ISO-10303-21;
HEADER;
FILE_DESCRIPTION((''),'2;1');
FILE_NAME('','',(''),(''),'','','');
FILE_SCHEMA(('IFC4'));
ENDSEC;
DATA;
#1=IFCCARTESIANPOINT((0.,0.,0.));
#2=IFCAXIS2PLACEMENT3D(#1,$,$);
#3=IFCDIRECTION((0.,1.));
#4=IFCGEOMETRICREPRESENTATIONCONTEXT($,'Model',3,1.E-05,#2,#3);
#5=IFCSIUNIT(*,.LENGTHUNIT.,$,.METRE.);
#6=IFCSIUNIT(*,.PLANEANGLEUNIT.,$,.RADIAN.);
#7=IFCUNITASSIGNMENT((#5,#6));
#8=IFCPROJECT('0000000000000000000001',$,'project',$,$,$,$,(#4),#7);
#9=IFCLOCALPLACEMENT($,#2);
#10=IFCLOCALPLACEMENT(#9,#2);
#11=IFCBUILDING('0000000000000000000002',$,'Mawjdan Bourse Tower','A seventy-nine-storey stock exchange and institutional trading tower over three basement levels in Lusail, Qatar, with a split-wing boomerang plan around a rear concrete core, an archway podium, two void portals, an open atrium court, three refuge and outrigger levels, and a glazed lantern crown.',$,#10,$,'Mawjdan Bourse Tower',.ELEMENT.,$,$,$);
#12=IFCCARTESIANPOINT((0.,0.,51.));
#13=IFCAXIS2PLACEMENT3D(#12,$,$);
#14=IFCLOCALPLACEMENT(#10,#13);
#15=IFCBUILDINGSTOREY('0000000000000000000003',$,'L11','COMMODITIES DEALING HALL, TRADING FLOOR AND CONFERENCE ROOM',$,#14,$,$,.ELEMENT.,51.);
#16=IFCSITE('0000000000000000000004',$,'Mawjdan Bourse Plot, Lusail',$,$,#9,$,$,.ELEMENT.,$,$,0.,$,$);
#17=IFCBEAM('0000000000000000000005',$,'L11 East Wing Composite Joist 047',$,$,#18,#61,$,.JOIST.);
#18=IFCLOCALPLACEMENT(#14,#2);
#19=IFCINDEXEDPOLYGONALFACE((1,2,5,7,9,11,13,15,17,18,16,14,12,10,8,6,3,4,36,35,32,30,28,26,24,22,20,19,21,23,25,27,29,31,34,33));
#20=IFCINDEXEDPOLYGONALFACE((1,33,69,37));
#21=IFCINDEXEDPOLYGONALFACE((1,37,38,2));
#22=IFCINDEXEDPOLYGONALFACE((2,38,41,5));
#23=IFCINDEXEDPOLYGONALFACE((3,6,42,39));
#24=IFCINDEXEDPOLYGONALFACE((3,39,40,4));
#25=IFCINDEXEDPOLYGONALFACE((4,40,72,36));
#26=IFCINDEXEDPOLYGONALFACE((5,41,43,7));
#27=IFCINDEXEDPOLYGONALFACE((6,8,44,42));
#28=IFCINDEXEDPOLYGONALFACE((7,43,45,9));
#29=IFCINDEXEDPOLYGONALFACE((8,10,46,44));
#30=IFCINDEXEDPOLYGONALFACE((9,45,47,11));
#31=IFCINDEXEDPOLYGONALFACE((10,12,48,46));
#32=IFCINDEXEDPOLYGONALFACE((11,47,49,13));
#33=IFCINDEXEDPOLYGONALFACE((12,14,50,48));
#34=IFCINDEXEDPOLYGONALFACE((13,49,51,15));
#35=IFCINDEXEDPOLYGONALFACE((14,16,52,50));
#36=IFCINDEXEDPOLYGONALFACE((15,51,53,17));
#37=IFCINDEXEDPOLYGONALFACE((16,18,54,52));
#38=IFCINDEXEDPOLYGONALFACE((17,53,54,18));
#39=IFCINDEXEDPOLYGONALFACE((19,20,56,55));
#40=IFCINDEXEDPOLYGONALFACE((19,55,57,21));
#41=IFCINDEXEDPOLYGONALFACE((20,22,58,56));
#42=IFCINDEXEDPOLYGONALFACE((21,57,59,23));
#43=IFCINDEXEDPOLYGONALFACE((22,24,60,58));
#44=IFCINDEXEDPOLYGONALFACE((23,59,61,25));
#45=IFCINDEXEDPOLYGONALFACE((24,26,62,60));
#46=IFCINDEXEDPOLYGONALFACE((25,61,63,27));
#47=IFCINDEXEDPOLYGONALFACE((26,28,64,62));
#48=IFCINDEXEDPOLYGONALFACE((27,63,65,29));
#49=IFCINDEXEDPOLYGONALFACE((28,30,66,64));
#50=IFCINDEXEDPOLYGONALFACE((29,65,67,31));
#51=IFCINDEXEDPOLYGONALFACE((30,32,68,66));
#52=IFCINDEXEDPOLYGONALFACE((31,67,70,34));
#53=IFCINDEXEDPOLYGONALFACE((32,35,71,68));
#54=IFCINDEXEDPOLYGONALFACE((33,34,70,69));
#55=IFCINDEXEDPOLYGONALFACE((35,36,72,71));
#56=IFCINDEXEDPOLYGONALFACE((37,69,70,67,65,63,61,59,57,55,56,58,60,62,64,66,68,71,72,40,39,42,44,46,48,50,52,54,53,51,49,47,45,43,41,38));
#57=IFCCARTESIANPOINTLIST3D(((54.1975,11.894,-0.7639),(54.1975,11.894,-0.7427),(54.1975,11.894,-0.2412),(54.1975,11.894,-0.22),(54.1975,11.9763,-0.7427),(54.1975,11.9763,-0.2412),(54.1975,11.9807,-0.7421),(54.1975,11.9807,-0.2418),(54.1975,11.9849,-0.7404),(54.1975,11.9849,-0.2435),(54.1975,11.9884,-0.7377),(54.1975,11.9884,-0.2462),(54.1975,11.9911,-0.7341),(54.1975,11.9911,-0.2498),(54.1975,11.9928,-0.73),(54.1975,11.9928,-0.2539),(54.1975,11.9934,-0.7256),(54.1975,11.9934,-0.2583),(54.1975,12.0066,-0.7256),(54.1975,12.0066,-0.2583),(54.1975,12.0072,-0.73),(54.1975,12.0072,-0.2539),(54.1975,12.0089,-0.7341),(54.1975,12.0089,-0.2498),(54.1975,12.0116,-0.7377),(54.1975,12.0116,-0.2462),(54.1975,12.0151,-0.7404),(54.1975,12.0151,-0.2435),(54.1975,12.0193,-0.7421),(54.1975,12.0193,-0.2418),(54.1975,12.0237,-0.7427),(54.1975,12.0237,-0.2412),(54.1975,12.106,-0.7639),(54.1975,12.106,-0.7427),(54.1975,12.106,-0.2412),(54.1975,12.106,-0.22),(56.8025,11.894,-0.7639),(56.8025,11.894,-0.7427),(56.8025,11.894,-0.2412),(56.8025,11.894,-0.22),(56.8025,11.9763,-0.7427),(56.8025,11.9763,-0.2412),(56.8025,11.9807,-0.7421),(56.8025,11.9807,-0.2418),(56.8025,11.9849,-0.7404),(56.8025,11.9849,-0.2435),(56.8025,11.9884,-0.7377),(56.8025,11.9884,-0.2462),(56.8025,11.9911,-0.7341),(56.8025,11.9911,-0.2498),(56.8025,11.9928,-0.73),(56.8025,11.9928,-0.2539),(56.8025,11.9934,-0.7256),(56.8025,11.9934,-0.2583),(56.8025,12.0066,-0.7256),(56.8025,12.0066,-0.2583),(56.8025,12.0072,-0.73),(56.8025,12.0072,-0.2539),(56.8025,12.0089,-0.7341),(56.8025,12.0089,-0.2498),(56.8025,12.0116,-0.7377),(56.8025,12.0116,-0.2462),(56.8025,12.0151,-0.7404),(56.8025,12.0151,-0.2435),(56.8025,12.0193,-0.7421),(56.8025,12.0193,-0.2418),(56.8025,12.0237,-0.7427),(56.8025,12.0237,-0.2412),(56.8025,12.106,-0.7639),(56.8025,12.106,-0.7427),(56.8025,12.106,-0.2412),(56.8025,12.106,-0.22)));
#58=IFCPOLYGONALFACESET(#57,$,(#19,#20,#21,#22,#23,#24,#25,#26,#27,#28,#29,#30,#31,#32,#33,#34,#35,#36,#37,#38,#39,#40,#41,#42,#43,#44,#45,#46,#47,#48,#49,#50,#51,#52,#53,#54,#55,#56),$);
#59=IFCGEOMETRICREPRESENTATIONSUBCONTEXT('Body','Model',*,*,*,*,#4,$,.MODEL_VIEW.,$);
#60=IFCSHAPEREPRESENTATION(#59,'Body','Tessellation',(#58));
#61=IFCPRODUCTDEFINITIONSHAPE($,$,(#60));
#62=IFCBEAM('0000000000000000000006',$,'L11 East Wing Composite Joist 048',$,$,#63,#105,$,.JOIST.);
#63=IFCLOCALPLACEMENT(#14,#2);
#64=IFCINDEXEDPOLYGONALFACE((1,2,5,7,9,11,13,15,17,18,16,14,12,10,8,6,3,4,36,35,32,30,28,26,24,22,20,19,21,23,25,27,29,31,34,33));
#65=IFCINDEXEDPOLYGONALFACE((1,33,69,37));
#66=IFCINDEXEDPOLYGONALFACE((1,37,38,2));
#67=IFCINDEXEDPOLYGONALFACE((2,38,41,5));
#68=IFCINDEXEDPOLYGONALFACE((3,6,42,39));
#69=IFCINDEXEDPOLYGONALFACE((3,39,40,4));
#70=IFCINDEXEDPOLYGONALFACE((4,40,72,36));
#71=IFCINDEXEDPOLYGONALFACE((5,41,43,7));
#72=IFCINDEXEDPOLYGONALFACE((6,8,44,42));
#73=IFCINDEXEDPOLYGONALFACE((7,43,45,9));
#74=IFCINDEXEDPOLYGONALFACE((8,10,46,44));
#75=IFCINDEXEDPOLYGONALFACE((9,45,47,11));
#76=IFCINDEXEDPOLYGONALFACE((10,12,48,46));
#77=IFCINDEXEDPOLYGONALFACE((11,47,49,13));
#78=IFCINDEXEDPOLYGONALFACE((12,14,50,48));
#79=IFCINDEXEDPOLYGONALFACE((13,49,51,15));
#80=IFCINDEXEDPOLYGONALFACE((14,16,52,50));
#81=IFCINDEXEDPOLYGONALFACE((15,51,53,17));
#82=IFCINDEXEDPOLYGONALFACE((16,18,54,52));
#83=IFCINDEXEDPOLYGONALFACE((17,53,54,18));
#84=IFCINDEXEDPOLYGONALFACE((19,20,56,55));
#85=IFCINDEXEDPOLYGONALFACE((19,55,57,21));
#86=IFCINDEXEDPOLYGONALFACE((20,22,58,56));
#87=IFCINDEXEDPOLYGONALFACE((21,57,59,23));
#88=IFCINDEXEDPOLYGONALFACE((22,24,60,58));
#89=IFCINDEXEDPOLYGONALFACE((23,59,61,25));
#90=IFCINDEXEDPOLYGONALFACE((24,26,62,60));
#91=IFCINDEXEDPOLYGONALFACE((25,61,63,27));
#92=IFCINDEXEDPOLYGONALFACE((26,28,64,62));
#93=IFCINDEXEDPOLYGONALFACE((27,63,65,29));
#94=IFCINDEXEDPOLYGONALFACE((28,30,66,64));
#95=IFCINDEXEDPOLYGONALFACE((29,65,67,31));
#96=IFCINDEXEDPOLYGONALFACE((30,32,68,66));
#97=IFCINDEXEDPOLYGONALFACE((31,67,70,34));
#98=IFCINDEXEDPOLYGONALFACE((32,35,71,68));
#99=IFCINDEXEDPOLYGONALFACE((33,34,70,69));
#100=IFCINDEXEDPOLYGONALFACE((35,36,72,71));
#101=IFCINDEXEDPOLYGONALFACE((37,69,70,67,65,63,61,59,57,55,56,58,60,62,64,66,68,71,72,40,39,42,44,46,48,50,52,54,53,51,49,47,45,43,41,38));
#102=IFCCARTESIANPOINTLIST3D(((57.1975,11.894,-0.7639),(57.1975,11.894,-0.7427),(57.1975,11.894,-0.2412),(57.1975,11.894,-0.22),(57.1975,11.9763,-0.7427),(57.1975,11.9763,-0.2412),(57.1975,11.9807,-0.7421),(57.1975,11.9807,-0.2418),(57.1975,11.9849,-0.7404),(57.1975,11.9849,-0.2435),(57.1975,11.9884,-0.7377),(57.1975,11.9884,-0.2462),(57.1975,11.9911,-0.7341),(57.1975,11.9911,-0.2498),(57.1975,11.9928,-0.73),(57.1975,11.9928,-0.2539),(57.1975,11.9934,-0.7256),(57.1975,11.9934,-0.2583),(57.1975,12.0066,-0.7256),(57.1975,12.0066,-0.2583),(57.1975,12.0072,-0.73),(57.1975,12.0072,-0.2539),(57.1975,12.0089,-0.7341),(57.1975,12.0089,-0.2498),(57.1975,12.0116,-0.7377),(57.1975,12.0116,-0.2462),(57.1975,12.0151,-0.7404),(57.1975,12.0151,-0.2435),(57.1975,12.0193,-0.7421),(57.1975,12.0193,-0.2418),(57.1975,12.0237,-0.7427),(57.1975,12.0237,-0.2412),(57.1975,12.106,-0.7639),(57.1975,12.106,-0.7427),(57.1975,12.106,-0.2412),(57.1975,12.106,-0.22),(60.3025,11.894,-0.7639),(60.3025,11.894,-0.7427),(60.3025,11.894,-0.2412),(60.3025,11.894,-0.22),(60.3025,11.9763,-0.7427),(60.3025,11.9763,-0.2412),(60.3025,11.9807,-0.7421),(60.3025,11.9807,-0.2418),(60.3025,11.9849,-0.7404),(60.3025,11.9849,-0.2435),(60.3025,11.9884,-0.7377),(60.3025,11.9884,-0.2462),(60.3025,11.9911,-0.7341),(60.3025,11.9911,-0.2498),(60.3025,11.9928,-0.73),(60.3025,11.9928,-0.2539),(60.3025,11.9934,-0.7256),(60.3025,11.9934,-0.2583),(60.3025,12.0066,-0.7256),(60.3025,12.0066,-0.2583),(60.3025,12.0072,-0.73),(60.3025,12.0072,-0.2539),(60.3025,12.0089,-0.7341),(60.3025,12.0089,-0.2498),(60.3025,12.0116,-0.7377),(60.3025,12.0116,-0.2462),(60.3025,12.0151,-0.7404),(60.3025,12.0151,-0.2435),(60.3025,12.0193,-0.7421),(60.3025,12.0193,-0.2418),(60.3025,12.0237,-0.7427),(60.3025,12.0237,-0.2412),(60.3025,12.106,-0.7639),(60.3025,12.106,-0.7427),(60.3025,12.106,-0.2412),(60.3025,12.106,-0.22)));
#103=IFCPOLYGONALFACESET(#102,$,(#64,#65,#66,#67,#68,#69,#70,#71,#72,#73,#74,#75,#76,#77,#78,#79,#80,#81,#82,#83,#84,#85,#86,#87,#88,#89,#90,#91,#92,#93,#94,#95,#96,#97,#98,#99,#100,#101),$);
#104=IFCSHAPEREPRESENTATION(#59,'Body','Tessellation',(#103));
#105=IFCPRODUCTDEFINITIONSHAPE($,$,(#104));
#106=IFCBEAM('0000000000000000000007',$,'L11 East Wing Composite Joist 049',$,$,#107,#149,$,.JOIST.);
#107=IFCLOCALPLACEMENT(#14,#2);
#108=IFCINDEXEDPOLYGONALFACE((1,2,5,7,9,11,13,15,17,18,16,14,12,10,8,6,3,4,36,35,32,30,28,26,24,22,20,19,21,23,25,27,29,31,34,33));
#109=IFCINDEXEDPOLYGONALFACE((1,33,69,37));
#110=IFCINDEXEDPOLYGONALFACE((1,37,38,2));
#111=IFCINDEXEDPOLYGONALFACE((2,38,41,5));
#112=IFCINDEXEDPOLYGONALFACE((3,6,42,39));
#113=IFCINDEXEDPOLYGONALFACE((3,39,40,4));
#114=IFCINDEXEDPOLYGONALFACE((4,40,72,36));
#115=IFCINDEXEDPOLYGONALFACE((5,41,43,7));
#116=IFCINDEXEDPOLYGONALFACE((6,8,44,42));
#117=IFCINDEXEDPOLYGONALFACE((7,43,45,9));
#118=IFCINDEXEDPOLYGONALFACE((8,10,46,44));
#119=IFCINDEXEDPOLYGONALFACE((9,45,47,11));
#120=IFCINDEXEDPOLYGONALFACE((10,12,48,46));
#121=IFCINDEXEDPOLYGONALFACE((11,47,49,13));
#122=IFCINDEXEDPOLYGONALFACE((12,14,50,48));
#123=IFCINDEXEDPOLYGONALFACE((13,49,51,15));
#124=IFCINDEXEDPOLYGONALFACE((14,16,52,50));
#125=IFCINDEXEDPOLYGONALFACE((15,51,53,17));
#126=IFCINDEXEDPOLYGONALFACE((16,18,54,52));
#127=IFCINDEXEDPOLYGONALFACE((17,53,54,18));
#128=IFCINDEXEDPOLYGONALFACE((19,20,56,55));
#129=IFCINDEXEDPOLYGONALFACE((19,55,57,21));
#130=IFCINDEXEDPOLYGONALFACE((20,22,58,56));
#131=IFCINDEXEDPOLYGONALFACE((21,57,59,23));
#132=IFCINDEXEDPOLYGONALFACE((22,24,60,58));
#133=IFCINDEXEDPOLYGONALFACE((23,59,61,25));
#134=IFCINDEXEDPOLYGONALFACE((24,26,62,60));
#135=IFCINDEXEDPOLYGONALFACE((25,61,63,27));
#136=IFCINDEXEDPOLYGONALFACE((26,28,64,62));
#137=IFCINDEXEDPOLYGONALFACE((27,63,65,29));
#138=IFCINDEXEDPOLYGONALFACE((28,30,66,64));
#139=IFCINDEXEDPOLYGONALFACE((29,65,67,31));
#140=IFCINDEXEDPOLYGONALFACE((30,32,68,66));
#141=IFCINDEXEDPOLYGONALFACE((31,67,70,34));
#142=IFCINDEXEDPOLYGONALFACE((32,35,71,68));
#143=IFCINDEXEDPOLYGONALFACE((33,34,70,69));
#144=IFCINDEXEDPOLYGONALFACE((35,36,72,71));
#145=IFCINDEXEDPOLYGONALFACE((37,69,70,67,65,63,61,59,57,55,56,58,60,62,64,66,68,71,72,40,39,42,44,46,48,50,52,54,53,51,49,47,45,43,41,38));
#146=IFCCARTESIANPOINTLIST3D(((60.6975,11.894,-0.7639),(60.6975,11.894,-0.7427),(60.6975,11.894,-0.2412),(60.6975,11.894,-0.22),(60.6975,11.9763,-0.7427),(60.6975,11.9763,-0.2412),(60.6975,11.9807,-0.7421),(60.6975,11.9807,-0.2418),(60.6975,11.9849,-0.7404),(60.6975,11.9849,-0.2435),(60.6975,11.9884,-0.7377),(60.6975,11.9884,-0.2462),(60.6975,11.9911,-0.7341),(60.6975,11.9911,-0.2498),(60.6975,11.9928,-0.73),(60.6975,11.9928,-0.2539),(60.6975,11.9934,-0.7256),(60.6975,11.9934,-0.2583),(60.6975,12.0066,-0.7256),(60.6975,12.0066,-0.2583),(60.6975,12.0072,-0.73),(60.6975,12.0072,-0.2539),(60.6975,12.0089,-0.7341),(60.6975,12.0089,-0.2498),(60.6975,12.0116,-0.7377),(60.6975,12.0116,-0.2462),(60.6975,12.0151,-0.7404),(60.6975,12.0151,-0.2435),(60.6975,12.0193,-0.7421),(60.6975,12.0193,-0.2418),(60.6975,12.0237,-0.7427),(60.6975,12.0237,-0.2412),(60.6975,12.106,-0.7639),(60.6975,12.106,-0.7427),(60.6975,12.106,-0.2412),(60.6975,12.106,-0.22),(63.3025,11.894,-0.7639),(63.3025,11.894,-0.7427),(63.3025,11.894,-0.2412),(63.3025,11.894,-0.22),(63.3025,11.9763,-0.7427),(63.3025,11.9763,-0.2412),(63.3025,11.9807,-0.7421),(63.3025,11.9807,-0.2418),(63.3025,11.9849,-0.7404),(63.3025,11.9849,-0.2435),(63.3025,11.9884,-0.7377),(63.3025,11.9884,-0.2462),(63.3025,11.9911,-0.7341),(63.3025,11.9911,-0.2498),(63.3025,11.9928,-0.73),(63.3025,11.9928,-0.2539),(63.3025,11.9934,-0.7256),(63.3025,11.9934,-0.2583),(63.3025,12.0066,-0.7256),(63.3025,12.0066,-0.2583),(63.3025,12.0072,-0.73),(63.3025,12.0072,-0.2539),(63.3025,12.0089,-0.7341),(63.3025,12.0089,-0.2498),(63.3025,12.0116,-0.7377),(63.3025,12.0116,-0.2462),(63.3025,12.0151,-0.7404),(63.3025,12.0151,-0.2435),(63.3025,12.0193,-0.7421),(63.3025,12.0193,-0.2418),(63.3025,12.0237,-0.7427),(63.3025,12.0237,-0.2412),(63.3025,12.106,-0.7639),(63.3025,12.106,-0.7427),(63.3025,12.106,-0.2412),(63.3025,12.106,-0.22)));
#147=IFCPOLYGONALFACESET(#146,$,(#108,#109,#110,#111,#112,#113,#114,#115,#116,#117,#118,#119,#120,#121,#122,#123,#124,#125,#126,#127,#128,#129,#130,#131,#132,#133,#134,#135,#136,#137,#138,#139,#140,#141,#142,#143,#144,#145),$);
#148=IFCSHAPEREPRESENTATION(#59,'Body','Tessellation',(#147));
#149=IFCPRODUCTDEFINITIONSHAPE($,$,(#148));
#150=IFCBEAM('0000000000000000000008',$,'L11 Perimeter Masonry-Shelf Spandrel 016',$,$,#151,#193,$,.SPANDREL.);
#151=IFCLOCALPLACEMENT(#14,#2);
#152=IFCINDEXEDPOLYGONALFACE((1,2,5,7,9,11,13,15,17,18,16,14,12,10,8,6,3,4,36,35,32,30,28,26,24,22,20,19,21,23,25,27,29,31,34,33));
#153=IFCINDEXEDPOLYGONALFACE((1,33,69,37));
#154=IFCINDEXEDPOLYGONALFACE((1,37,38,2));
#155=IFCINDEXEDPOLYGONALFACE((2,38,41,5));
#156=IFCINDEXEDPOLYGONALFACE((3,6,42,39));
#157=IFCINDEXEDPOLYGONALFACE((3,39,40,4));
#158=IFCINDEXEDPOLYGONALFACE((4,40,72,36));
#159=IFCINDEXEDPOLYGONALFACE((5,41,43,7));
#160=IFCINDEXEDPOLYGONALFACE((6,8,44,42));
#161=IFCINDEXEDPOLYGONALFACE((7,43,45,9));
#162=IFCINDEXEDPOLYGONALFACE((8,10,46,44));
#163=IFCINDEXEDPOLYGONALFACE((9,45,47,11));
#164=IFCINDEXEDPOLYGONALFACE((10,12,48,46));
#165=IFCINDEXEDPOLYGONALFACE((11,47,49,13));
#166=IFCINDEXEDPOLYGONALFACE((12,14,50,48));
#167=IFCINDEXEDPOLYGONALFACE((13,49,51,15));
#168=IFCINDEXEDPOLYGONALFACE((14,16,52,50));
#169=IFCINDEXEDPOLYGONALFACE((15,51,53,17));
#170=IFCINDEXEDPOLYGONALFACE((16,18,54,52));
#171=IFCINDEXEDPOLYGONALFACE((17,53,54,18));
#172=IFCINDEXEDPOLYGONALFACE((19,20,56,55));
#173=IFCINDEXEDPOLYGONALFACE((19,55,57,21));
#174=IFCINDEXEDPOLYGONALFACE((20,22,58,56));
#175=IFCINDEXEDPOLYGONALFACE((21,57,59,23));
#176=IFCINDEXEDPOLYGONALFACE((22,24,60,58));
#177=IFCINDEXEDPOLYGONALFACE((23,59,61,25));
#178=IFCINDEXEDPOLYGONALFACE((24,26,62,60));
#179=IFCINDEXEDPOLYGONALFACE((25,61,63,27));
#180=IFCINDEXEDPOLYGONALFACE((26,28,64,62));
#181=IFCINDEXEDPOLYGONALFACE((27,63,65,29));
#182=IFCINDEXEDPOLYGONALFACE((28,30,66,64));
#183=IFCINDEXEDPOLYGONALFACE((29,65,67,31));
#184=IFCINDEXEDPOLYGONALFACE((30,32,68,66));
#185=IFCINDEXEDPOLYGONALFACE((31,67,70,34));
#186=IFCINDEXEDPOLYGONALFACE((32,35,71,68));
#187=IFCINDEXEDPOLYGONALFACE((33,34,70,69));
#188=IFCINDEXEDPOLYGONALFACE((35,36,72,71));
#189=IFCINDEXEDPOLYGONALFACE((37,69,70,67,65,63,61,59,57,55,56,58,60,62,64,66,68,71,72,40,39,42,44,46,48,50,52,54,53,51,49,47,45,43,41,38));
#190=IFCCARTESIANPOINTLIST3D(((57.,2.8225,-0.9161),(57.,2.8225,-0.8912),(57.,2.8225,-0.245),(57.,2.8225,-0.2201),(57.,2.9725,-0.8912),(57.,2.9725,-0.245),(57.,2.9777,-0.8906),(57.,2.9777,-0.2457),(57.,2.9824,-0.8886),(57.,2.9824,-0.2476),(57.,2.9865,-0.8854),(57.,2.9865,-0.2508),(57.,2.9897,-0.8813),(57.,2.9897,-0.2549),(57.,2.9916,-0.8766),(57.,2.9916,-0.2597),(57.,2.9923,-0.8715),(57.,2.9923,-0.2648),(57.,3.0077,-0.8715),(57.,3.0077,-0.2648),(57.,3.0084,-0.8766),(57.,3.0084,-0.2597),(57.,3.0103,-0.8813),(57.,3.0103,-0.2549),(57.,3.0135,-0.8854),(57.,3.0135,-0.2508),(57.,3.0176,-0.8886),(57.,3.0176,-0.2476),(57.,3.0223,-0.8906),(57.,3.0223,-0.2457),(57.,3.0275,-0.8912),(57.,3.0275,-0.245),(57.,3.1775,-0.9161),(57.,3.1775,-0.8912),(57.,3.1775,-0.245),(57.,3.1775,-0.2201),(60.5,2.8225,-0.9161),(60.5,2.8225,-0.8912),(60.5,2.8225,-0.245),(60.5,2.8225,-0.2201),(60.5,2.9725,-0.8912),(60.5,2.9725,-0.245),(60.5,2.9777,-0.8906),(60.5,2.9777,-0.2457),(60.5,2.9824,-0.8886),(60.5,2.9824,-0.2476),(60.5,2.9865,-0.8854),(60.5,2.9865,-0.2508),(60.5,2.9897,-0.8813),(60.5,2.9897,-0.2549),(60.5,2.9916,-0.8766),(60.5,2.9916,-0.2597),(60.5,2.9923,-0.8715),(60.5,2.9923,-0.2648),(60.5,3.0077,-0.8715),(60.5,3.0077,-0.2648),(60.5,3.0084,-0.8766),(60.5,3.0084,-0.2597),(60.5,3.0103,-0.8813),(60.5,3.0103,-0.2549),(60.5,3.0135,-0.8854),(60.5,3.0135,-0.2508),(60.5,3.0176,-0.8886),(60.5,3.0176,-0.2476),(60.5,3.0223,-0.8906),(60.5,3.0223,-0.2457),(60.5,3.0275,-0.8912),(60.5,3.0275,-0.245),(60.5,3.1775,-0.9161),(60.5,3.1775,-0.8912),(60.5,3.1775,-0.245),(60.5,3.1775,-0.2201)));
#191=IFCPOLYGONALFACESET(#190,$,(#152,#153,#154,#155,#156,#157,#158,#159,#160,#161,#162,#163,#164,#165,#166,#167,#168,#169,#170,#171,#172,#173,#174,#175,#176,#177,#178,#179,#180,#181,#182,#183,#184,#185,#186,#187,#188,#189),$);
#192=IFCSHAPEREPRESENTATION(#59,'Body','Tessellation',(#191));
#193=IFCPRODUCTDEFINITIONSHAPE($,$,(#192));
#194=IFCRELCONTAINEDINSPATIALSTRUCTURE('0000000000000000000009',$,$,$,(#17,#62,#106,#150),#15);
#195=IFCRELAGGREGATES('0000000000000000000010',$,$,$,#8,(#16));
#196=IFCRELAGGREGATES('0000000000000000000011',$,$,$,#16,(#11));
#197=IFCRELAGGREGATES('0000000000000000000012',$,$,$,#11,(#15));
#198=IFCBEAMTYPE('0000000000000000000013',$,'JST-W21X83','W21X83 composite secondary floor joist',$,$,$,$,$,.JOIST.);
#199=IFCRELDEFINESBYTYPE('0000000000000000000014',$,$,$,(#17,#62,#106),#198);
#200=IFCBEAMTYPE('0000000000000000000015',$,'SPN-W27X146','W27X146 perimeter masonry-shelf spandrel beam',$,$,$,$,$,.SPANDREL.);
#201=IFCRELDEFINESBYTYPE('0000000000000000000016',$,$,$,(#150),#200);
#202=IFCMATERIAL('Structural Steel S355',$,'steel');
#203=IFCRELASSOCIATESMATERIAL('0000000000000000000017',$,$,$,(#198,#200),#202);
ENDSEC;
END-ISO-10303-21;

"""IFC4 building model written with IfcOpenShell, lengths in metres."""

from ifc_helpers import new_model, si_unit, direction, frame, origin, origin_2d, place, context, subcontext, project, spatial, i_section, extrude, material, material_profile, profile_set, type_object, element, save


model = new_model("IFC4")

# Units and contexts
model_context = context("Model", 3, precision=1e-05, world=origin(), true_north=direction((0.0, 1.0)))
body_context = subcontext(model_context, "Body", "Model", "MODEL_VIEW")
ifc_project = project(units=[si_unit("LENGTHUNIT", "METRE"), si_unit("PLANEANGLEUNIT", "RADIAN")], contexts=[model_context])

# Site, building, storey
site_placement = place(None, origin())
site = spatial("IfcSite", under=ifc_project, at=site_placement, Name="Mawjdan Bourse Plot, Lusail", CompositionType="ELEMENT", RefElevation=0.0)
building_placement = place(site_placement, origin())
building = spatial("IfcBuilding", under=site, at=building_placement, Name="Mawjdan Bourse Tower", Description="A seventy-nine-storey stock exchange and institutional trading tower over three basement levels in Lusail, Qatar, with a split-wing boomerang plan around a rear concrete core, an archway podium, two void portals, an open atrium court, three refuge and outrigger levels, and a glazed lantern crown.", LongName="Mawjdan Bourse Tower", CompositionType="ELEMENT")
storey_placement = place(building_placement, frame((0.0, 0.0, 51.0)))
storey = spatial("IfcBuildingStorey", under=building, at=storey_placement, Name="L11", Description="COMMODITIES DEALING HALL, TRADING FLOOR AND CONFERENCE ROOM", CompositionType="ELEMENT", Elevation=51.0)

# Beams
ifc_material_1 = material(Name="Structural Steel S355", Category="steel")
ifc_material_profile_1 = material_profile(ifc_material_1, i_section(OverallWidth=0.2119, OverallDepth=0.5439, WebThickness=0.0132, FlangeThickness=0.0212, FilletRadius=0.0171, at=origin_2d()), Name="W21X83")
ifc_profile_set_1 = profile_set([ifc_material_profile_1], Name="Structural Steel S355")
beam_type_1 = type_object("IfcBeamType", Name="JST-W21X83", Description="W21X83 composite secondary floor joist", PredefinedType="JOIST", material=ifc_profile_set_1)
for number, where, z_axis, x_axis, name in (
    (1, (54.1975, 12.0, -0.4919), (1.0, 0.0, 0.0), (0.0, 1.0, 0.0), "L11 East Wing Composite Joist 047"),
):
    element("IfcBeam", number, at=place(storey_placement, frame(where, z_axis=z_axis, x_axis=x_axis)), inside=storey, type_object=beam_type_1, Name=name, PredefinedType="JOIST", context=body_context, shape_type="SweptSolid", body=[
        extrude(i_section(OverallWidth=0.2119, OverallDepth=0.5439, WebThickness=0.0132, FlangeThickness=0.0212, FilletRadius=0.0171, at=origin_2d()), origin(), (0.0, 0.0, 1.0), 2.605),
    ])
beam_1_placement = place(storey_placement, frame((57.1975, 12.0, -0.4919), z_axis=(1.0, 0.0, 0.0), x_axis=(0.0, 1.0, 0.0)))
element("IfcBeam", 2, at=beam_1_placement, inside=storey, type_object=beam_type_1, Name="L11 East Wing Composite Joist 048", PredefinedType="JOIST", context=body_context, shape_type="SweptSolid", body=[
    extrude(i_section(OverallWidth=0.2119, OverallDepth=0.5439, WebThickness=0.0132, FlangeThickness=0.0212, FilletRadius=0.0171, at=origin_2d()), origin(), (0.0, 0.0, 1.0), 3.105),
])
beam_2_placement = place(storey_placement, frame((60.6975, 12.0, -0.4919), z_axis=(1.0, 0.0, 0.0), x_axis=(0.0, 1.0, 0.0)))
element("IfcBeam", 3, at=beam_2_placement, inside=storey, type_object=beam_type_1, Name="L11 East Wing Composite Joist 049", PredefinedType="JOIST", context=body_context, shape_type="SweptSolid", body=[
    extrude(i_section(OverallWidth=0.2119, OverallDepth=0.5439, WebThickness=0.0132, FlangeThickness=0.0212, FilletRadius=0.0171, at=origin_2d()), origin(), (0.0, 0.0, 1.0), 2.605),
])
ifc_material_profile_2 = material_profile(ifc_material_1, i_section(OverallWidth=0.355, OverallDepth=0.696, WebThickness=0.0154, FlangeThickness=0.0249, FilletRadius=0.0198, at=origin_2d()), Name="W27X146")
ifc_profile_set_2 = profile_set([ifc_material_profile_2], Name="Structural Steel S355")
beam_type_2 = type_object("IfcBeamType", Name="SPN-W27X146", Description="W27X146 perimeter masonry-shelf spandrel beam", PredefinedType="SPANDREL", material=ifc_profile_set_2)
beam_3_placement = place(storey_placement, frame((57.0, 3.0, -0.5681), z_axis=(1.0, 0.0, 0.0), x_axis=(0.0, 1.0, 0.0)))
element("IfcBeam", 4, at=beam_3_placement, inside=storey, type_object=beam_type_2, Name="L11 Perimeter Masonry-Shelf Spandrel 016", PredefinedType="SPANDREL", context=body_context, shape_type="SweptSolid", body=[
    extrude(i_section(OverallWidth=0.355, OverallDepth=0.696, WebThickness=0.0154, FlangeThickness=0.0249, FilletRadius=0.0198, at=origin_2d()), origin(), (0.0, 0.0, 1.0), 3.5),
])

save(model, "model.ifc")
